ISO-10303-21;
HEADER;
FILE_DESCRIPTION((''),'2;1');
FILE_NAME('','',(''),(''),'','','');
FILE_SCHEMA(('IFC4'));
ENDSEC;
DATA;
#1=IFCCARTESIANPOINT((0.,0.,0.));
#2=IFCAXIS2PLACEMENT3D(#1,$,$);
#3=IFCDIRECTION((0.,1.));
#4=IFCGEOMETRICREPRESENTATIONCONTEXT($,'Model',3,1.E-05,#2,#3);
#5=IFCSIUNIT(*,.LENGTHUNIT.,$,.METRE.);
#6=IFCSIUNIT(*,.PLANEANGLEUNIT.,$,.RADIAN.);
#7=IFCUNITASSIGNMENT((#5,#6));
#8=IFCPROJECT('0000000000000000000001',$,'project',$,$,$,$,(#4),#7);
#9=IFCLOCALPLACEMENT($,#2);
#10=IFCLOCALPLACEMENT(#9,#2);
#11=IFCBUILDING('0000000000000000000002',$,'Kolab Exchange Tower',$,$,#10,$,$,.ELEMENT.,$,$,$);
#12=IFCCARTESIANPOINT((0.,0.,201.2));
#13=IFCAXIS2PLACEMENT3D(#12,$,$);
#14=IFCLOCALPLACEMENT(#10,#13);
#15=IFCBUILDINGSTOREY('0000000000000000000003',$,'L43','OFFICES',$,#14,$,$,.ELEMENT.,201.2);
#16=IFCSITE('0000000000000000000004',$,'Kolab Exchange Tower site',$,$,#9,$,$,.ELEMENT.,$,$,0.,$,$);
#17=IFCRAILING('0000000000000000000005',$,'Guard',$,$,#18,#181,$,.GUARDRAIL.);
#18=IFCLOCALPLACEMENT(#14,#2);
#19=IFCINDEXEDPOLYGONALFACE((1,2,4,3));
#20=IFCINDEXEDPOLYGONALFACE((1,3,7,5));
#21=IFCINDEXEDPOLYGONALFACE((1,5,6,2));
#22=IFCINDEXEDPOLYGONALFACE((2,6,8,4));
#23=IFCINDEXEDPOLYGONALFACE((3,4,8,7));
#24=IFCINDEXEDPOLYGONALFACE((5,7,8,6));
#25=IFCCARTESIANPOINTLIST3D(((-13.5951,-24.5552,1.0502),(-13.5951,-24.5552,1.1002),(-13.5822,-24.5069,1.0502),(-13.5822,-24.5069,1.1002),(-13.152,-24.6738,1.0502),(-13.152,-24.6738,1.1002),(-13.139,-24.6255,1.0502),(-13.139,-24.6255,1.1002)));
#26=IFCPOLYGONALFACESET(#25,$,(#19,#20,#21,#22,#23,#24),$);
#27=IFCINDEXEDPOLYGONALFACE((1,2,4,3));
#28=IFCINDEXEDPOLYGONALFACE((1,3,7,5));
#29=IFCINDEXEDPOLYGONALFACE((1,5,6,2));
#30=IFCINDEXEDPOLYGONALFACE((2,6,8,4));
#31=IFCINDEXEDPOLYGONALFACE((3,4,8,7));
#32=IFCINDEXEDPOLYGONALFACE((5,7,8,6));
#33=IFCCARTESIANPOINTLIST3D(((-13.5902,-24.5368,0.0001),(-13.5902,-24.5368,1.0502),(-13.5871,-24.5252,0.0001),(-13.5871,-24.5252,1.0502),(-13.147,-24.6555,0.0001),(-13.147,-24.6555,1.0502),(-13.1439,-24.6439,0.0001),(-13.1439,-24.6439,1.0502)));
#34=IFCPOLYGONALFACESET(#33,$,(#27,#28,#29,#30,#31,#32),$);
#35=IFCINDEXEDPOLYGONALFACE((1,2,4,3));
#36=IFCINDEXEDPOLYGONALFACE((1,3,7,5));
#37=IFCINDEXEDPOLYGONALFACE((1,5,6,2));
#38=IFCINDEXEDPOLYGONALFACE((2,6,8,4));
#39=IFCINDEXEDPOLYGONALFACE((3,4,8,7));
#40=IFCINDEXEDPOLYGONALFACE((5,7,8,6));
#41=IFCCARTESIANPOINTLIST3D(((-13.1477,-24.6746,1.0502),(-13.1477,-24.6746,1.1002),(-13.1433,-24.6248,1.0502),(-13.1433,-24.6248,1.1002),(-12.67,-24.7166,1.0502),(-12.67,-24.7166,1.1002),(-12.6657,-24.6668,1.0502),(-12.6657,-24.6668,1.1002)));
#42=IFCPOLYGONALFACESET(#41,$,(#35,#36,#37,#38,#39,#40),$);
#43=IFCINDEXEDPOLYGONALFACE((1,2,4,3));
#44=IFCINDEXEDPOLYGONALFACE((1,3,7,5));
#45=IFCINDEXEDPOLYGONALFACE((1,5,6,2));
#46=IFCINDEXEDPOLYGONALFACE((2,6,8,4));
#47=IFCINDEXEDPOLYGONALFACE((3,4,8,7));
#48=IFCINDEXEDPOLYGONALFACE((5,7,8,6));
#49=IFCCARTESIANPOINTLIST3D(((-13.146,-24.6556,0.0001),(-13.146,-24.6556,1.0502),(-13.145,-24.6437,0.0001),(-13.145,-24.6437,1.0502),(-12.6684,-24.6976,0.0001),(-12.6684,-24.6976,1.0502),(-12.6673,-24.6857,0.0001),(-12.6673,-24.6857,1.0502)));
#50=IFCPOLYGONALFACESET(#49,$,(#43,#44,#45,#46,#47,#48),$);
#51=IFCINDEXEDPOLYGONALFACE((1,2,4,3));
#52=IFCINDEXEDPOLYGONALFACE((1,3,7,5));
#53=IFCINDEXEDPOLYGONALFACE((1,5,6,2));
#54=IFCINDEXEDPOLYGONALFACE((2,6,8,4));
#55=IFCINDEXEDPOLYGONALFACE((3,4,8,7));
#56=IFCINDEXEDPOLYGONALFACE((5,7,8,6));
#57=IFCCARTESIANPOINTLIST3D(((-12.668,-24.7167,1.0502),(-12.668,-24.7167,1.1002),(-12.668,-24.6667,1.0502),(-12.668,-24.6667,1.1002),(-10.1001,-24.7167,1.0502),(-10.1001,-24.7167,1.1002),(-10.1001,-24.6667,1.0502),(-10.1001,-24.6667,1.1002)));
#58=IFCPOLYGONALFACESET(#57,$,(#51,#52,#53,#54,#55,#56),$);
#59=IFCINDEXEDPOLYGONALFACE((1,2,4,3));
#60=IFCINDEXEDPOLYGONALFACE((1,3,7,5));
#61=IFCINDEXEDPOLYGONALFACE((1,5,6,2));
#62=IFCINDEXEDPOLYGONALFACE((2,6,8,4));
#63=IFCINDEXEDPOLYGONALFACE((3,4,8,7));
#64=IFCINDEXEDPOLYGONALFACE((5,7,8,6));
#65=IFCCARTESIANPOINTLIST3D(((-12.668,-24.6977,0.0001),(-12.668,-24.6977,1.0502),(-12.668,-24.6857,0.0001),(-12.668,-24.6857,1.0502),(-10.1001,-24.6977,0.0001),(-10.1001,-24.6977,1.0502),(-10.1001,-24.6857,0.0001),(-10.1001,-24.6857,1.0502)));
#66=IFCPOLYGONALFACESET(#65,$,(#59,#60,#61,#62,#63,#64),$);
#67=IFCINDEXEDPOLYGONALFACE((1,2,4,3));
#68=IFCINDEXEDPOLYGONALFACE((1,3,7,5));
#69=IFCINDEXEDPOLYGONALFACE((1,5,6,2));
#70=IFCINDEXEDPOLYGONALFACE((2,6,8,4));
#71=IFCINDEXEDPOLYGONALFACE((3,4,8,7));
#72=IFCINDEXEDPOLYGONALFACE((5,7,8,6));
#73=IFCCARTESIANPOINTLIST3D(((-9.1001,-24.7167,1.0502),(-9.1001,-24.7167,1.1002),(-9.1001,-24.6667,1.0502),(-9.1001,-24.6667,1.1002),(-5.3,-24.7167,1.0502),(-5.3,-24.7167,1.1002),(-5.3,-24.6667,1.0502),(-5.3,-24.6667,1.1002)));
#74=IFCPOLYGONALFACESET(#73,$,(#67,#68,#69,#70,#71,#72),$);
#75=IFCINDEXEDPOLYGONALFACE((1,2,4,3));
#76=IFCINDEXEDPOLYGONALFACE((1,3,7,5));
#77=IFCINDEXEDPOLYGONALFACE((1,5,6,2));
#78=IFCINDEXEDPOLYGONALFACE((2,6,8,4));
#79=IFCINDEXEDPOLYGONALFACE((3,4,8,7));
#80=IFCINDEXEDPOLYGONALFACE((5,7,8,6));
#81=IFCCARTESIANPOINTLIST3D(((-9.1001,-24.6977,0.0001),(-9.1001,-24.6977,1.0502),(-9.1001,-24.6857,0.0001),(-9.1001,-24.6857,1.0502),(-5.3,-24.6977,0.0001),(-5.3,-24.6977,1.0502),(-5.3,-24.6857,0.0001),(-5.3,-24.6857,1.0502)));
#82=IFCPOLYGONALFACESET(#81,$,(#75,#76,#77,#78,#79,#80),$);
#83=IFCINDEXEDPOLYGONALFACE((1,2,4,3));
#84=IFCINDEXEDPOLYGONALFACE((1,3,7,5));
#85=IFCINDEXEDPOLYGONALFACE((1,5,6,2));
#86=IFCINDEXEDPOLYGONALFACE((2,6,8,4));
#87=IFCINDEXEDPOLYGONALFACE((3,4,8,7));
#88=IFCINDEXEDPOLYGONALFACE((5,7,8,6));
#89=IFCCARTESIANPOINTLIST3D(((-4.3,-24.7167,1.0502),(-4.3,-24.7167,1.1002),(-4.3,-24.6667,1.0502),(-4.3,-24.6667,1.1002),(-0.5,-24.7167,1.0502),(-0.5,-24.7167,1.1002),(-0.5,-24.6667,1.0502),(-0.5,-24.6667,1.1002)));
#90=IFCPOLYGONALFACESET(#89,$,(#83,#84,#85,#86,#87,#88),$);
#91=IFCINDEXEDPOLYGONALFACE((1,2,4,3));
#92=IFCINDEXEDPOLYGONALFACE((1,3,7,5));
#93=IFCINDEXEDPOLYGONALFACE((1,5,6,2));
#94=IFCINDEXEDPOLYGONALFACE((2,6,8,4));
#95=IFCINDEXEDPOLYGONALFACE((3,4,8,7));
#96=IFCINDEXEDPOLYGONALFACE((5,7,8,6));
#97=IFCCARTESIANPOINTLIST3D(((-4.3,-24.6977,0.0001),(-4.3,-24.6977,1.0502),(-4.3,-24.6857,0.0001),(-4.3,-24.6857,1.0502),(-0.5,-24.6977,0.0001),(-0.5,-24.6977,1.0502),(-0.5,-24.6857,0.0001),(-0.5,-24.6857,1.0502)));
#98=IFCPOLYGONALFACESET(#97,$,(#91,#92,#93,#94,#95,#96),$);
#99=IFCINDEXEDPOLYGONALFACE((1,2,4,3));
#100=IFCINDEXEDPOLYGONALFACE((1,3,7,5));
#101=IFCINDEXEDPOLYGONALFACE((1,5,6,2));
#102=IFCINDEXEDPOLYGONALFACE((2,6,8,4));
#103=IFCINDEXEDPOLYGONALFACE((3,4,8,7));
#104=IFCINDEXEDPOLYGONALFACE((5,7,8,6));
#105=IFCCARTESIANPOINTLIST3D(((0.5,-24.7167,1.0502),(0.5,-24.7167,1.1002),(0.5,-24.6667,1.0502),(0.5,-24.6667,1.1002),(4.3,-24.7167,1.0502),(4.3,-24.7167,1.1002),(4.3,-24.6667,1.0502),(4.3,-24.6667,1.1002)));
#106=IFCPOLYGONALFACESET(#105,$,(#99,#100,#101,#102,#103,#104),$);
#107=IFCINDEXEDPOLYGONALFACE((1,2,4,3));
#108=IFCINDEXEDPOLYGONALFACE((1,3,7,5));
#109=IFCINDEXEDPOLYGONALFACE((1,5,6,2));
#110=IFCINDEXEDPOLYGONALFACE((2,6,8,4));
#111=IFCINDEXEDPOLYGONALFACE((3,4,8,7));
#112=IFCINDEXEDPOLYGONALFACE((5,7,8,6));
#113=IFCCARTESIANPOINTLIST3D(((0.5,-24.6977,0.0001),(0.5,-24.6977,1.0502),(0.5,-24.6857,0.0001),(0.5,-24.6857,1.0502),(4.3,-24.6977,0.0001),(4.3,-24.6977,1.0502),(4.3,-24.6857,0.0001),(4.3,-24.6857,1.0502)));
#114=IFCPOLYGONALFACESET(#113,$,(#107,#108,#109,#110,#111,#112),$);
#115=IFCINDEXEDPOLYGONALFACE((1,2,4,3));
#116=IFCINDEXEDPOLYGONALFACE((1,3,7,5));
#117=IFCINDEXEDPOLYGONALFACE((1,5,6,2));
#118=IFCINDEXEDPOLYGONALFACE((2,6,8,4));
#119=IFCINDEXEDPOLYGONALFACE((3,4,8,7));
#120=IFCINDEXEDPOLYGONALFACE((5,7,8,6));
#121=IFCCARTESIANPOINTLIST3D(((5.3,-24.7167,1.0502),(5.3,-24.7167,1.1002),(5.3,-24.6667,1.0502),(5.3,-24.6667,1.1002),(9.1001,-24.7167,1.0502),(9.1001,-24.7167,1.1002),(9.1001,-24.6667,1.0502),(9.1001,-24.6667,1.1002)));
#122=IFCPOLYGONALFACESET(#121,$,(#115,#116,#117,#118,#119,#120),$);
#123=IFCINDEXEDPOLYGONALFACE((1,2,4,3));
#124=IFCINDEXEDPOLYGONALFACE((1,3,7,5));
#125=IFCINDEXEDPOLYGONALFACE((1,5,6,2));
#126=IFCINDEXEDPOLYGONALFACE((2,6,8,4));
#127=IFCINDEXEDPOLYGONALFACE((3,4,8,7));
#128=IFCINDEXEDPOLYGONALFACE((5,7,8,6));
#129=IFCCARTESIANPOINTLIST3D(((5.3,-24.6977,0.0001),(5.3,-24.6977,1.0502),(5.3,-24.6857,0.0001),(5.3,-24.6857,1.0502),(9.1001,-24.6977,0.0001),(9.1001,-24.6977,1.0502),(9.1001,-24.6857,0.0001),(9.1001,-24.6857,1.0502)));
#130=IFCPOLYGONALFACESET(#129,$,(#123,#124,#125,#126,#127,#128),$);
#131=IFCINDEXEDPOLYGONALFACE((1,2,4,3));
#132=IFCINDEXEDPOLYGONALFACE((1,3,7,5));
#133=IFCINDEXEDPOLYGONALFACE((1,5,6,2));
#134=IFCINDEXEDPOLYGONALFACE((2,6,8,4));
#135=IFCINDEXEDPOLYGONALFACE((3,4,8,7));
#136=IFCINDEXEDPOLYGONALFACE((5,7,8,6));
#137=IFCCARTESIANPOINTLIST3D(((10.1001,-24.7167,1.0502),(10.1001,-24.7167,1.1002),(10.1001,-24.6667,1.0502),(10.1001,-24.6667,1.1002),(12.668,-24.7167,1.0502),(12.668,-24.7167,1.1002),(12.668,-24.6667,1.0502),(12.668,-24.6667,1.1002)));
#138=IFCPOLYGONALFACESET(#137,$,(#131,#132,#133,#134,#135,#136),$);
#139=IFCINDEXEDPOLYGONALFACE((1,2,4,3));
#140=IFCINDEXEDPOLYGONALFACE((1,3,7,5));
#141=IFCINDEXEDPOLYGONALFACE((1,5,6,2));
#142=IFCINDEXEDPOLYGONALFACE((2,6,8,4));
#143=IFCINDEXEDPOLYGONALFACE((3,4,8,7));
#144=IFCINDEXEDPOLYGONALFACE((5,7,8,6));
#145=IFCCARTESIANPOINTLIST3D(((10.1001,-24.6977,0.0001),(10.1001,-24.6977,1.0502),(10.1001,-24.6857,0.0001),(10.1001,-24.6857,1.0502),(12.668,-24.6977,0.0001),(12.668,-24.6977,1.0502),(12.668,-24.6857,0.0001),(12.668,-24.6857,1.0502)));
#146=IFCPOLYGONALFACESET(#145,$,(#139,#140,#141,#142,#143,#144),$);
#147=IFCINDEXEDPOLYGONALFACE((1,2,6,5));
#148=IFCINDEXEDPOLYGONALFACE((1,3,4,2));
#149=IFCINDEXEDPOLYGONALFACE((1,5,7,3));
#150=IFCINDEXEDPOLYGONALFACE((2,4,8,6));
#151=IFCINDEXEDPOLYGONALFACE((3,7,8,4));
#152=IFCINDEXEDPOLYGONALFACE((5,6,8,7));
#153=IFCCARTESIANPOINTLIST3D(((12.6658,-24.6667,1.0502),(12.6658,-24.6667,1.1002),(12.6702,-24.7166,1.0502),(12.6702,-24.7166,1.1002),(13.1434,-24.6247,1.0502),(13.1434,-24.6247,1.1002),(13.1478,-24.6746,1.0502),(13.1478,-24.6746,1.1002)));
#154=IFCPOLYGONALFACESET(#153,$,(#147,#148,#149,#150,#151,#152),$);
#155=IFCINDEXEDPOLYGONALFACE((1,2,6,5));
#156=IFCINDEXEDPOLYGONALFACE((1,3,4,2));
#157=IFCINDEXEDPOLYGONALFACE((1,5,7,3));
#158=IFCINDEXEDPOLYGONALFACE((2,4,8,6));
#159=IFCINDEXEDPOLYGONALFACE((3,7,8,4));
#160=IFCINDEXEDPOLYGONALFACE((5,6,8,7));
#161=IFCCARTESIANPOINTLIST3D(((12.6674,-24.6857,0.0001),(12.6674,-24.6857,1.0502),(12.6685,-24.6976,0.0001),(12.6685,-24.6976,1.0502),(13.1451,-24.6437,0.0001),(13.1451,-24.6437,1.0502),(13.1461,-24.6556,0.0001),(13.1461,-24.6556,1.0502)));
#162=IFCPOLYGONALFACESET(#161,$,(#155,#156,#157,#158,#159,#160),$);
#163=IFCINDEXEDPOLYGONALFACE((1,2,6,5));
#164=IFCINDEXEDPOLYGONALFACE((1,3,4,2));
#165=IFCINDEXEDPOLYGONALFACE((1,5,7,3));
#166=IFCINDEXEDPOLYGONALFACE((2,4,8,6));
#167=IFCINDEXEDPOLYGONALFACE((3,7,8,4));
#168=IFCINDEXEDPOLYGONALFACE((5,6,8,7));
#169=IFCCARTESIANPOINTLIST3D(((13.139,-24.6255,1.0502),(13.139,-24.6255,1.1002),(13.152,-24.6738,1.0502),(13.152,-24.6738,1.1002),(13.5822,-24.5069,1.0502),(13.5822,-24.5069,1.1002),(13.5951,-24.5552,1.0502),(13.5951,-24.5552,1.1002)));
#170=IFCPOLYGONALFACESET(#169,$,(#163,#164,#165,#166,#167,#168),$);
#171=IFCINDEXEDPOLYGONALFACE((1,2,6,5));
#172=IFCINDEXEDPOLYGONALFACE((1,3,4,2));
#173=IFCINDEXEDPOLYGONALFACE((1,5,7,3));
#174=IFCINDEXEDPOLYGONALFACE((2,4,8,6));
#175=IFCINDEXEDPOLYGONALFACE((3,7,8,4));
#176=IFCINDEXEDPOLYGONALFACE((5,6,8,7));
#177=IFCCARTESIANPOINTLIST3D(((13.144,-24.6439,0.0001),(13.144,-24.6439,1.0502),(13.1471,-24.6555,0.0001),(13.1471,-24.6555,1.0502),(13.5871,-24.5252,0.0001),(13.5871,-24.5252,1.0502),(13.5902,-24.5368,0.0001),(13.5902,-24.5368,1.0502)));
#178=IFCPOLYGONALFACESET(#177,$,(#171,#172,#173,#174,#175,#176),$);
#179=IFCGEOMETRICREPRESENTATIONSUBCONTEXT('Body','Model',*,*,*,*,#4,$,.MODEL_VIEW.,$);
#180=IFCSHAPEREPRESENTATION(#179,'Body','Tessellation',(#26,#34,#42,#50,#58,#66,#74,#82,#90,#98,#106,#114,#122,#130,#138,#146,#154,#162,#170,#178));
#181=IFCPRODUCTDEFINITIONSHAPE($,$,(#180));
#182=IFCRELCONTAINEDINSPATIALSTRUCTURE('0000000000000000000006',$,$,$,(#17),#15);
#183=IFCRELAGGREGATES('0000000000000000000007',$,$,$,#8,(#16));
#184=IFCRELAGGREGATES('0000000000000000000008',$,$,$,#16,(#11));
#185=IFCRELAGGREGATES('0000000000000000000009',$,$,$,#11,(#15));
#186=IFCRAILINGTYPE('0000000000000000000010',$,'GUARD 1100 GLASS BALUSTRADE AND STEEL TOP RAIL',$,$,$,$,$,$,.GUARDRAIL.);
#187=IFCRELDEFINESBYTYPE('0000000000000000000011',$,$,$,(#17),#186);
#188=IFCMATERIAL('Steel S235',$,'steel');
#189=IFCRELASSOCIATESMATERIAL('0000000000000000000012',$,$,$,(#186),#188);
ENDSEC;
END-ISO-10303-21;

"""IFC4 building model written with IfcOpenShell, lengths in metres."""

from ifc_helpers import new_model, si_unit, direction, frame, frame_2d, origin, origin_2d, place, context, subcontext, project, spatial, rectangle, extrude, material, type_object, element, save


model = new_model("IFC4")

# Units and contexts
model_context = context("Model", 3, precision=1e-05, world=origin(), true_north=direction((0.0, 1.0)))
body_context = subcontext(model_context, "Body", "Model", "MODEL_VIEW")
ifc_project = project(units=[si_unit("LENGTHUNIT", "METRE"), si_unit("PLANEANGLEUNIT", "RADIAN")], contexts=[model_context])

# Site, building, storey
site_placement = place(None, origin())
site = spatial("IfcSite", under=ifc_project, at=site_placement, Name="Kolab Exchange Tower site", CompositionType="ELEMENT", RefElevation=0.0)
building_placement = place(site_placement, origin())
building = spatial("IfcBuilding", under=site, at=building_placement, Name="Kolab Exchange Tower", CompositionType="ELEMENT")
storey_placement = place(building_placement, frame((0.0, 0.0, 201.2)))
storey = spatial("IfcBuildingStorey", under=building, at=storey_placement, Name="L43", Description="OFFICES", CompositionType="ELEMENT", Elevation=201.2)

# Railing
ifc_material_1 = material(Name="Steel S235", Category="steel")
railing_type = type_object("IfcRailingType", Name="GUARD 1100 GLASS BALUSTRADE AND STEEL TOP RAIL", PredefinedType="GUARDRAIL", material=ifc_material_1)
railing_placement = place(storey_placement, frame((-13.5886, -24.531, 0.0)))
element("IfcRailing", 1, at=railing_placement, inside=storey, type_object=railing_type, Name="Guard", PredefinedType="GUARDRAIL", context=body_context, shape_type="SweptSolid", body=[
    extrude(rectangle(XDim=0.05, YDim=0.05, at=origin_2d()), frame((0.0, 0.0, 1.0752), z_axis=(0.965969, -0.258656, 0.0), x_axis=(0.258656, 0.965969, 0.0)), (0.0, 0.0, 1.0), 0.4587),
    extrude(rectangle(XDim=0.012, YDim=1.0501, at=frame_2d((0.0, 0.5251))), frame((0.0, 0.0, 0.0), z_axis=(0.965969, -0.258656, 0.0), x_axis=(0.258656, 0.965969, 0.0)), (0.0, 0.0, 1.0), 0.4587),
    extrude(rectangle(XDim=0.05, YDim=0.05, at=origin_2d()), frame((0.4431, -0.1187, 1.0752), z_axis=(0.996156, -0.087597, 0.0), x_axis=(0.087597, 0.996156, 0.0)), (0.0, 0.0, 1.0), 0.4795),
    extrude(rectangle(XDim=0.012, YDim=1.0501, at=frame_2d((0.0, 0.5251))), frame((0.4431, -0.1187, 0.0), z_axis=(0.996156, -0.087597, 0.0), x_axis=(0.087597, 0.996156, 0.0)), (0.0, 0.0, 1.0), 0.4795),
    extrude(rectangle(XDim=0.05, YDim=0.05, at=origin_2d()), frame((0.9207, -0.1606, 1.0752), z_axis=(1.0, 0.0, 0.0), x_axis=(0.0, 1.0, 0.0)), (0.0, 0.0, 1.0), 2.5679),
    extrude(rectangle(XDim=0.012, YDim=1.0501, at=frame_2d((0.0, 0.5251))), frame((0.9207, -0.1606, 0.0), z_axis=(1.0, 0.0, 0.0), x_axis=(0.0, 1.0, 0.0)), (0.0, 0.0, 1.0), 2.5679),
    extrude(rectangle(XDim=0.05, YDim=0.05, at=origin_2d()), frame((4.4885, -0.1606, 1.0752), z_axis=(1.0, 0.0, 0.0), x_axis=(0.0, 1.0, 0.0)), (0.0, 0.0, 1.0), 3.8),
    extrude(rectangle(XDim=0.012, YDim=1.0501, at=frame_2d((0.0, 0.5251))), frame((4.4885, -0.1606, 0.0), z_axis=(1.0, 0.0, 0.0), x_axis=(0.0, 1.0, 0.0)), (0.0, 0.0, 1.0), 3.8),
    extrude(rectangle(XDim=0.05, YDim=0.05, at=origin_2d()), frame((9.2886, -0.1606, 1.0752), z_axis=(1.0, 0.0, 0.0), x_axis=(0.0, 1.0, 0.0)), (0.0, 0.0, 1.0), 3.8),
    extrude(rectangle(XDim=0.012, YDim=1.0501, at=frame_2d((0.0, 0.5251))), frame((9.2886, -0.1606, 0.0), z_axis=(1.0, 0.0, 0.0), x_axis=(0.0, 1.0, 0.0)), (0.0, 0.0, 1.0), 3.8),
    extrude(rectangle(XDim=0.05, YDim=0.05, at=origin_2d()), frame((14.0886, -0.1606, 1.0752), z_axis=(1.0, 0.0, 0.0), x_axis=(0.0, 1.0, 0.0)), (0.0, 0.0, 1.0), 3.8),
    extrude(rectangle(XDim=0.012, YDim=1.0501, at=frame_2d((0.0, 0.5251))), frame((14.0886, -0.1606, 0.0), z_axis=(1.0, 0.0, 0.0), x_axis=(0.0, 1.0, 0.0)), (0.0, 0.0, 1.0), 3.8),
    extrude(rectangle(XDim=0.05, YDim=0.05, at=origin_2d()), frame((18.8887, -0.1606, 1.0752), z_axis=(1.0, 0.0, 0.0), x_axis=(0.0, 1.0, 0.0)), (0.0, 0.0, 1.0), 3.8),
    extrude(rectangle(XDim=0.012, YDim=1.0501, at=frame_2d((0.0, 0.5251))), frame((18.8887, -0.1606, 0.0), z_axis=(1.0, 0.0, 0.0), x_axis=(0.0, 1.0, 0.0)), (0.0, 0.0, 1.0), 3.8),
    extrude(rectangle(XDim=0.05, YDim=0.05, at=origin_2d()), frame((23.6887, -0.1606, 1.0752), z_axis=(1.0, 0.0, 0.0), x_axis=(0.0, 1.0, 0.0)), (0.0, 0.0, 1.0), 2.5679),
    extrude(rectangle(XDim=0.012, YDim=1.0501, at=frame_2d((0.0, 0.5251))), frame((23.6887, -0.1606, 0.0), z_axis=(1.0, 0.0, 0.0), x_axis=(0.0, 1.0, 0.0)), (0.0, 0.0, 1.0), 2.5679),
    extrude(rectangle(XDim=0.05, YDim=0.05, at=origin_2d()), frame((26.2566, -0.1606, 1.0752), z_axis=(0.996156, 0.087597, 0.0), x_axis=(-0.087597, 0.996156, 0.0)), (0.0, 0.0, 1.0), 0.4795),
    extrude(rectangle(XDim=0.012, YDim=1.0501, at=frame_2d((0.0, 0.5251))), frame((26.2566, -0.1606, 0.0), z_axis=(0.996156, 0.087597, 0.0), x_axis=(-0.087597, 0.996156, 0.0)), (0.0, 0.0, 1.0), 0.4795),
    extrude(rectangle(XDim=0.05, YDim=0.05, at=origin_2d()), frame((26.7341, -0.1187, 1.0752), z_axis=(0.965969, 0.258656, 0.0), x_axis=(-0.258656, 0.965969, 0.0)), (0.0, 0.0, 1.0), 0.4587),
    extrude(rectangle(XDim=0.012, YDim=1.0501, at=frame_2d((0.0, 0.5251))), frame((26.7341, -0.1187, 0.0), z_axis=(0.965969, 0.258656, 0.0), x_axis=(-0.258656, 0.965969, 0.0)), (0.0, 0.0, 1.0), 0.4587),
])

save(model, "model.ifc")
